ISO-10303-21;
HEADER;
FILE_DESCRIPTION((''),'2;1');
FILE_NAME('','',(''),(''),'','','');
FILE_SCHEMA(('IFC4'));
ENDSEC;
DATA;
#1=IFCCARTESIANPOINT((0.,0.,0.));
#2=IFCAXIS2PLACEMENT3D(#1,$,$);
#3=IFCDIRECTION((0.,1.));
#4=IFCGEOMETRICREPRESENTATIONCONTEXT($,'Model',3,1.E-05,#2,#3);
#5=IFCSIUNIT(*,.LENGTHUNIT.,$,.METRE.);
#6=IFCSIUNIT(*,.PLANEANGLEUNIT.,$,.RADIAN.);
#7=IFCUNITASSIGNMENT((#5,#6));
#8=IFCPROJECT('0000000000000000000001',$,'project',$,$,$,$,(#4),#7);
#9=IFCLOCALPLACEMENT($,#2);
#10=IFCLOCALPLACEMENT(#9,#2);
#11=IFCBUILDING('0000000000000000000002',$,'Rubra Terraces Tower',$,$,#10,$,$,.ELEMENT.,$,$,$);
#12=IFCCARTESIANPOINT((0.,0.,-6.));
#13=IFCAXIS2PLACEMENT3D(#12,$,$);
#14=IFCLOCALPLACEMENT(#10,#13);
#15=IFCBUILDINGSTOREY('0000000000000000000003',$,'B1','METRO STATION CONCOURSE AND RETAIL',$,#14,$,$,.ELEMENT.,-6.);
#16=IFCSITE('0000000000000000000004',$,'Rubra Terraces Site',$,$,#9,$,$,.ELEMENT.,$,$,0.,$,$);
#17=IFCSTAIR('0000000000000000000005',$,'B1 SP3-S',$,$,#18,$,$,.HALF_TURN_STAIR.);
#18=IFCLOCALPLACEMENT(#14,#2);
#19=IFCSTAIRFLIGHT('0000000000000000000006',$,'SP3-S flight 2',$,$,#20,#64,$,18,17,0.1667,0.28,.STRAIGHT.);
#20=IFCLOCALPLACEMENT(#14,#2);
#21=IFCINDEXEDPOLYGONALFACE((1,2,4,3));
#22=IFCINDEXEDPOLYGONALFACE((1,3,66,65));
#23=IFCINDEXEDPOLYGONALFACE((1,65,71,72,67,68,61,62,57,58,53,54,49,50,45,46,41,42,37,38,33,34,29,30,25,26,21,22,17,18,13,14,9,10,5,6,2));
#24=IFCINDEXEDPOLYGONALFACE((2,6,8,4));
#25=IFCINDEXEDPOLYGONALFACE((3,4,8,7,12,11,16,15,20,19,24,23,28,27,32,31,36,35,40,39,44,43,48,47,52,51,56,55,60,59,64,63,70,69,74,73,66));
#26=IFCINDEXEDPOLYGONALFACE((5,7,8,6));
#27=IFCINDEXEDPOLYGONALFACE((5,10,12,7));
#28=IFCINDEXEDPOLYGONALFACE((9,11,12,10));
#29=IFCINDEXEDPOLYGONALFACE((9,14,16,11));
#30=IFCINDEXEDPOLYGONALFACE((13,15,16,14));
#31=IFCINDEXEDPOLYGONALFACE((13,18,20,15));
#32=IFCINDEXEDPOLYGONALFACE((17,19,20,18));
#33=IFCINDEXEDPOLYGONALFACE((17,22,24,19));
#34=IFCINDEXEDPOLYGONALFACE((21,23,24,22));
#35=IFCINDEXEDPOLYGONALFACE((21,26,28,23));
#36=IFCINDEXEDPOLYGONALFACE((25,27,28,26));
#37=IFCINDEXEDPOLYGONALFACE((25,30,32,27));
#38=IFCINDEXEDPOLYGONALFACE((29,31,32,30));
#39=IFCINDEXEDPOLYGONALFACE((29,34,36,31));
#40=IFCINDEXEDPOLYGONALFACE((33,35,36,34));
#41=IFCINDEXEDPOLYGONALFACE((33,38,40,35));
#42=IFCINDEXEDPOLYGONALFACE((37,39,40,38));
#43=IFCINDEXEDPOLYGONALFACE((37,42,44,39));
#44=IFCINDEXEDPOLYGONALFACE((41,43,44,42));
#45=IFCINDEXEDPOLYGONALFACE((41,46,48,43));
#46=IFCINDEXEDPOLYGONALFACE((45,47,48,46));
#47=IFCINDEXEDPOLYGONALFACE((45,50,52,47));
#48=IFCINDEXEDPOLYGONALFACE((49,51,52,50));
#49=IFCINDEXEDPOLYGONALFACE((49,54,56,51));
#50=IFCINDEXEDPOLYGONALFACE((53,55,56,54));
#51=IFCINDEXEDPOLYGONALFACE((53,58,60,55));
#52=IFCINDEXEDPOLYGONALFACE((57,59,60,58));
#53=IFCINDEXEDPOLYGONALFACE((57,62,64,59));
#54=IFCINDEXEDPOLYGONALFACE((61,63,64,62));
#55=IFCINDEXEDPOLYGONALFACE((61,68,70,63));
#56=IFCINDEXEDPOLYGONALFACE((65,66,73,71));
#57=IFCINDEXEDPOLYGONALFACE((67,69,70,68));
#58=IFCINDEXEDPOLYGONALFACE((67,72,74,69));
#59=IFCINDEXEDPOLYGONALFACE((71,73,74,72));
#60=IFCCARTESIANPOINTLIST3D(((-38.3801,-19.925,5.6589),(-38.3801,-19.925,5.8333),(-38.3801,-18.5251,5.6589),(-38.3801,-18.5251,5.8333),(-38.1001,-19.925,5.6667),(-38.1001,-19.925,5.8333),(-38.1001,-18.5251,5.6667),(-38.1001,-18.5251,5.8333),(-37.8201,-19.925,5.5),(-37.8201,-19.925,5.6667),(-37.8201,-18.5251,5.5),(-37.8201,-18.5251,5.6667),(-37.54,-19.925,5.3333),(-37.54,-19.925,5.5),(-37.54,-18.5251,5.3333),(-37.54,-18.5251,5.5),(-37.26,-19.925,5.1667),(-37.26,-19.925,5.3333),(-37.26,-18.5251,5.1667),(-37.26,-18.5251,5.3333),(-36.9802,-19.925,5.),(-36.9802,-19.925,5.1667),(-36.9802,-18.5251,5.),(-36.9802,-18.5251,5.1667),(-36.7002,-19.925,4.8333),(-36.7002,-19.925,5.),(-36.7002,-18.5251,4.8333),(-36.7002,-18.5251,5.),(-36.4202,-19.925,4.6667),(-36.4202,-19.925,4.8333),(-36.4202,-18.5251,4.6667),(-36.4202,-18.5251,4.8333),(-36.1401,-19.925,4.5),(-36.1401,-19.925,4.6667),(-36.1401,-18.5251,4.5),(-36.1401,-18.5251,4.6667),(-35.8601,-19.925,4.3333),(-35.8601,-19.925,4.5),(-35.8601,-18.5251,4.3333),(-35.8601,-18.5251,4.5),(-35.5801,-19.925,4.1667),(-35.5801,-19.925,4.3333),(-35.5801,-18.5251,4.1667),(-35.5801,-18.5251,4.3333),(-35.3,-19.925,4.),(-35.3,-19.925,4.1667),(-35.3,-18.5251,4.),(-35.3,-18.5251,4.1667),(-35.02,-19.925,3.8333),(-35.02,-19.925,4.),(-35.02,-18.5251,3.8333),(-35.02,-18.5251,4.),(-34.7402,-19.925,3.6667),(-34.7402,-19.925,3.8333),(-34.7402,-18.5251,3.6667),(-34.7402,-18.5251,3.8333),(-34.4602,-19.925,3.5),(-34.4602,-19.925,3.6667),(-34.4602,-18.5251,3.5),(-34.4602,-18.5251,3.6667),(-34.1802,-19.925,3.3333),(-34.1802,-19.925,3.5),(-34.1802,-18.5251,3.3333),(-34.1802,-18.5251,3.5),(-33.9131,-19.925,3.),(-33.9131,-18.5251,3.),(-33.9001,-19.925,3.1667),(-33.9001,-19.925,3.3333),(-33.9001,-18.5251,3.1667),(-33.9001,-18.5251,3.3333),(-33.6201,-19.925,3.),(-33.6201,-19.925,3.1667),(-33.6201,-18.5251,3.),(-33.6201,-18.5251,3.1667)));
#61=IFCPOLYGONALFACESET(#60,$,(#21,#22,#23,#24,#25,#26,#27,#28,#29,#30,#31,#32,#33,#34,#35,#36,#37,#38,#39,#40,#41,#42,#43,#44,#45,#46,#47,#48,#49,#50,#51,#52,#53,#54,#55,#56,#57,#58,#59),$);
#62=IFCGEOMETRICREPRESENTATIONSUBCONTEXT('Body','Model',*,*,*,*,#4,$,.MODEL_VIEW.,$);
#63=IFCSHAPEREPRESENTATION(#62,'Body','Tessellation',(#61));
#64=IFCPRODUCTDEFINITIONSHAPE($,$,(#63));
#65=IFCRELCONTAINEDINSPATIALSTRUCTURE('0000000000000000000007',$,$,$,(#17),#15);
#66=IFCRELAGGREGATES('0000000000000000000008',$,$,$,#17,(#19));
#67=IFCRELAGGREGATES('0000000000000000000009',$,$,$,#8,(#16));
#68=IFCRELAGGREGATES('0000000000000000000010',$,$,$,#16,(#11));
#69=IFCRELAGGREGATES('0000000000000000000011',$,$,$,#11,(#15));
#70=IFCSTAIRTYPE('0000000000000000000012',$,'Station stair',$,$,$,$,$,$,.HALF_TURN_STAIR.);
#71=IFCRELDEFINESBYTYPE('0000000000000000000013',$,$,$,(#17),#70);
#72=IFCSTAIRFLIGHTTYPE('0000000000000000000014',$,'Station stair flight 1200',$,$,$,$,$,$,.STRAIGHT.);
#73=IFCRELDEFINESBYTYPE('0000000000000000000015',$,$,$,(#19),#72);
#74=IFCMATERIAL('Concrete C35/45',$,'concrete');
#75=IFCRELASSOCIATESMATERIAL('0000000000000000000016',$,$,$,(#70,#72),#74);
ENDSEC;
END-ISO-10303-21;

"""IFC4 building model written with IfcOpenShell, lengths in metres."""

from ifc_helpers import new_model, si_unit, direction, frame, origin, place, context, subcontext, project, spatial, polyline, outline, extrude, material, type_object, element, aggregate, save


model = new_model("IFC4")

# Units and contexts
model_context = context("Model", 3, precision=1e-05, world=origin(), true_north=direction((0.0, 1.0)))
body_context = subcontext(model_context, "Body", "Model", "MODEL_VIEW")
ifc_project = project(units=[si_unit("LENGTHUNIT", "METRE"), si_unit("PLANEANGLEUNIT", "RADIAN")], contexts=[model_context])

# Site, building, storey
site_placement = place(None, origin())
site = spatial("IfcSite", under=ifc_project, at=site_placement, Name="Rubra Terraces Site", CompositionType="ELEMENT", RefElevation=0.0)
building_placement = place(site_placement, origin())
building = spatial("IfcBuilding", under=site, at=building_placement, Name="Rubra Terraces Tower", CompositionType="ELEMENT")
storey_placement = place(building_placement, frame((0.0, 0.0, -6.0)))
storey = spatial("IfcBuildingStorey", under=building, at=storey_placement, Name="B1", Description="METRO STATION CONCOURSE AND RETAIL", CompositionType="ELEMENT", Elevation=-6.0)

# Stair, stair flight
ifc_material_1 = material(Name="Concrete C35/45", Category="concrete")
stair_type_1 = type_object("IfcStairType", Name="Station stair", PredefinedType="HALF_TURN_STAIR", material=ifc_material_1)
stair_1_placement = place(storey_placement, origin())
stair_1 = element("IfcStair", 1, at=stair_1_placement, inside=storey, type_object=stair_type_1, Name="B1 SP3-S", PredefinedType="HALF_TURN_STAIR")
stair_flight_type_1 = type_object("IfcStairFlightType", Name="Station stair flight 1200", PredefinedType="STRAIGHT", material=ifc_material_1)
stair_flight_1_placement = place(storey_placement, frame((-33.6201, -19.2251, 3.0), z_axis=(0.0, 0.0, 1.0), x_axis=(-1.0, 0.0, 0.0)))
stair_flight_1 = element("IfcStairFlight", 2, at=stair_flight_1_placement, type_object=stair_flight_type_1, Name="SP3-S flight 2", NumberOfRisers=18, NumberOfTreads=17, PredefinedType="STRAIGHT", RiserHeight=0.1667, TreadLength=0.28, context=body_context, shape_type="SweptSolid", body=[
    extrude(outline(polyline([(0.0, 0.0), (0.0, 0.1667), (0.28, 0.1667), (0.28, 0.3333), (0.5601, 0.3333), (0.5601, 0.5), (0.8401, 0.5), (0.8401, 0.6667), (1.1201, 0.6667), (1.1201, 0.8333), (1.3999, 0.8333), (1.3999, 1.0), (1.6799, 1.0), (1.6799, 1.1667), (1.96, 1.1667), (1.96, 1.3333), (2.24, 1.3333), (2.24, 1.5), (2.52, 1.5), (2.52, 1.6667), (2.8, 1.6667), (2.8, 1.8333), (3.0801, 1.8333), (3.0801, 2.0), (3.3601, 2.0), (3.3601, 2.1667), (3.6399, 2.1667), (3.6399, 2.3333), (3.9199, 2.3333), (3.9199, 2.5), (4.2, 2.5), (4.2, 2.6667), (4.48, 2.6667), (4.48, 2.8333), (4.76, 2.8333), (4.76, 3.0), (4.76, 2.6589), (0.293, 0.0), (0.0, 0.0)])), frame((0.0, 0.7, 0.0), z_axis=(0.0, -1.0, 0.0), x_axis=(1.0, 0.0, 0.0)), (0.0, 0.0, 1.0), 1.3999),
])
aggregate(stair_1, [stair_flight_1])

save(model, "model.ifc")
